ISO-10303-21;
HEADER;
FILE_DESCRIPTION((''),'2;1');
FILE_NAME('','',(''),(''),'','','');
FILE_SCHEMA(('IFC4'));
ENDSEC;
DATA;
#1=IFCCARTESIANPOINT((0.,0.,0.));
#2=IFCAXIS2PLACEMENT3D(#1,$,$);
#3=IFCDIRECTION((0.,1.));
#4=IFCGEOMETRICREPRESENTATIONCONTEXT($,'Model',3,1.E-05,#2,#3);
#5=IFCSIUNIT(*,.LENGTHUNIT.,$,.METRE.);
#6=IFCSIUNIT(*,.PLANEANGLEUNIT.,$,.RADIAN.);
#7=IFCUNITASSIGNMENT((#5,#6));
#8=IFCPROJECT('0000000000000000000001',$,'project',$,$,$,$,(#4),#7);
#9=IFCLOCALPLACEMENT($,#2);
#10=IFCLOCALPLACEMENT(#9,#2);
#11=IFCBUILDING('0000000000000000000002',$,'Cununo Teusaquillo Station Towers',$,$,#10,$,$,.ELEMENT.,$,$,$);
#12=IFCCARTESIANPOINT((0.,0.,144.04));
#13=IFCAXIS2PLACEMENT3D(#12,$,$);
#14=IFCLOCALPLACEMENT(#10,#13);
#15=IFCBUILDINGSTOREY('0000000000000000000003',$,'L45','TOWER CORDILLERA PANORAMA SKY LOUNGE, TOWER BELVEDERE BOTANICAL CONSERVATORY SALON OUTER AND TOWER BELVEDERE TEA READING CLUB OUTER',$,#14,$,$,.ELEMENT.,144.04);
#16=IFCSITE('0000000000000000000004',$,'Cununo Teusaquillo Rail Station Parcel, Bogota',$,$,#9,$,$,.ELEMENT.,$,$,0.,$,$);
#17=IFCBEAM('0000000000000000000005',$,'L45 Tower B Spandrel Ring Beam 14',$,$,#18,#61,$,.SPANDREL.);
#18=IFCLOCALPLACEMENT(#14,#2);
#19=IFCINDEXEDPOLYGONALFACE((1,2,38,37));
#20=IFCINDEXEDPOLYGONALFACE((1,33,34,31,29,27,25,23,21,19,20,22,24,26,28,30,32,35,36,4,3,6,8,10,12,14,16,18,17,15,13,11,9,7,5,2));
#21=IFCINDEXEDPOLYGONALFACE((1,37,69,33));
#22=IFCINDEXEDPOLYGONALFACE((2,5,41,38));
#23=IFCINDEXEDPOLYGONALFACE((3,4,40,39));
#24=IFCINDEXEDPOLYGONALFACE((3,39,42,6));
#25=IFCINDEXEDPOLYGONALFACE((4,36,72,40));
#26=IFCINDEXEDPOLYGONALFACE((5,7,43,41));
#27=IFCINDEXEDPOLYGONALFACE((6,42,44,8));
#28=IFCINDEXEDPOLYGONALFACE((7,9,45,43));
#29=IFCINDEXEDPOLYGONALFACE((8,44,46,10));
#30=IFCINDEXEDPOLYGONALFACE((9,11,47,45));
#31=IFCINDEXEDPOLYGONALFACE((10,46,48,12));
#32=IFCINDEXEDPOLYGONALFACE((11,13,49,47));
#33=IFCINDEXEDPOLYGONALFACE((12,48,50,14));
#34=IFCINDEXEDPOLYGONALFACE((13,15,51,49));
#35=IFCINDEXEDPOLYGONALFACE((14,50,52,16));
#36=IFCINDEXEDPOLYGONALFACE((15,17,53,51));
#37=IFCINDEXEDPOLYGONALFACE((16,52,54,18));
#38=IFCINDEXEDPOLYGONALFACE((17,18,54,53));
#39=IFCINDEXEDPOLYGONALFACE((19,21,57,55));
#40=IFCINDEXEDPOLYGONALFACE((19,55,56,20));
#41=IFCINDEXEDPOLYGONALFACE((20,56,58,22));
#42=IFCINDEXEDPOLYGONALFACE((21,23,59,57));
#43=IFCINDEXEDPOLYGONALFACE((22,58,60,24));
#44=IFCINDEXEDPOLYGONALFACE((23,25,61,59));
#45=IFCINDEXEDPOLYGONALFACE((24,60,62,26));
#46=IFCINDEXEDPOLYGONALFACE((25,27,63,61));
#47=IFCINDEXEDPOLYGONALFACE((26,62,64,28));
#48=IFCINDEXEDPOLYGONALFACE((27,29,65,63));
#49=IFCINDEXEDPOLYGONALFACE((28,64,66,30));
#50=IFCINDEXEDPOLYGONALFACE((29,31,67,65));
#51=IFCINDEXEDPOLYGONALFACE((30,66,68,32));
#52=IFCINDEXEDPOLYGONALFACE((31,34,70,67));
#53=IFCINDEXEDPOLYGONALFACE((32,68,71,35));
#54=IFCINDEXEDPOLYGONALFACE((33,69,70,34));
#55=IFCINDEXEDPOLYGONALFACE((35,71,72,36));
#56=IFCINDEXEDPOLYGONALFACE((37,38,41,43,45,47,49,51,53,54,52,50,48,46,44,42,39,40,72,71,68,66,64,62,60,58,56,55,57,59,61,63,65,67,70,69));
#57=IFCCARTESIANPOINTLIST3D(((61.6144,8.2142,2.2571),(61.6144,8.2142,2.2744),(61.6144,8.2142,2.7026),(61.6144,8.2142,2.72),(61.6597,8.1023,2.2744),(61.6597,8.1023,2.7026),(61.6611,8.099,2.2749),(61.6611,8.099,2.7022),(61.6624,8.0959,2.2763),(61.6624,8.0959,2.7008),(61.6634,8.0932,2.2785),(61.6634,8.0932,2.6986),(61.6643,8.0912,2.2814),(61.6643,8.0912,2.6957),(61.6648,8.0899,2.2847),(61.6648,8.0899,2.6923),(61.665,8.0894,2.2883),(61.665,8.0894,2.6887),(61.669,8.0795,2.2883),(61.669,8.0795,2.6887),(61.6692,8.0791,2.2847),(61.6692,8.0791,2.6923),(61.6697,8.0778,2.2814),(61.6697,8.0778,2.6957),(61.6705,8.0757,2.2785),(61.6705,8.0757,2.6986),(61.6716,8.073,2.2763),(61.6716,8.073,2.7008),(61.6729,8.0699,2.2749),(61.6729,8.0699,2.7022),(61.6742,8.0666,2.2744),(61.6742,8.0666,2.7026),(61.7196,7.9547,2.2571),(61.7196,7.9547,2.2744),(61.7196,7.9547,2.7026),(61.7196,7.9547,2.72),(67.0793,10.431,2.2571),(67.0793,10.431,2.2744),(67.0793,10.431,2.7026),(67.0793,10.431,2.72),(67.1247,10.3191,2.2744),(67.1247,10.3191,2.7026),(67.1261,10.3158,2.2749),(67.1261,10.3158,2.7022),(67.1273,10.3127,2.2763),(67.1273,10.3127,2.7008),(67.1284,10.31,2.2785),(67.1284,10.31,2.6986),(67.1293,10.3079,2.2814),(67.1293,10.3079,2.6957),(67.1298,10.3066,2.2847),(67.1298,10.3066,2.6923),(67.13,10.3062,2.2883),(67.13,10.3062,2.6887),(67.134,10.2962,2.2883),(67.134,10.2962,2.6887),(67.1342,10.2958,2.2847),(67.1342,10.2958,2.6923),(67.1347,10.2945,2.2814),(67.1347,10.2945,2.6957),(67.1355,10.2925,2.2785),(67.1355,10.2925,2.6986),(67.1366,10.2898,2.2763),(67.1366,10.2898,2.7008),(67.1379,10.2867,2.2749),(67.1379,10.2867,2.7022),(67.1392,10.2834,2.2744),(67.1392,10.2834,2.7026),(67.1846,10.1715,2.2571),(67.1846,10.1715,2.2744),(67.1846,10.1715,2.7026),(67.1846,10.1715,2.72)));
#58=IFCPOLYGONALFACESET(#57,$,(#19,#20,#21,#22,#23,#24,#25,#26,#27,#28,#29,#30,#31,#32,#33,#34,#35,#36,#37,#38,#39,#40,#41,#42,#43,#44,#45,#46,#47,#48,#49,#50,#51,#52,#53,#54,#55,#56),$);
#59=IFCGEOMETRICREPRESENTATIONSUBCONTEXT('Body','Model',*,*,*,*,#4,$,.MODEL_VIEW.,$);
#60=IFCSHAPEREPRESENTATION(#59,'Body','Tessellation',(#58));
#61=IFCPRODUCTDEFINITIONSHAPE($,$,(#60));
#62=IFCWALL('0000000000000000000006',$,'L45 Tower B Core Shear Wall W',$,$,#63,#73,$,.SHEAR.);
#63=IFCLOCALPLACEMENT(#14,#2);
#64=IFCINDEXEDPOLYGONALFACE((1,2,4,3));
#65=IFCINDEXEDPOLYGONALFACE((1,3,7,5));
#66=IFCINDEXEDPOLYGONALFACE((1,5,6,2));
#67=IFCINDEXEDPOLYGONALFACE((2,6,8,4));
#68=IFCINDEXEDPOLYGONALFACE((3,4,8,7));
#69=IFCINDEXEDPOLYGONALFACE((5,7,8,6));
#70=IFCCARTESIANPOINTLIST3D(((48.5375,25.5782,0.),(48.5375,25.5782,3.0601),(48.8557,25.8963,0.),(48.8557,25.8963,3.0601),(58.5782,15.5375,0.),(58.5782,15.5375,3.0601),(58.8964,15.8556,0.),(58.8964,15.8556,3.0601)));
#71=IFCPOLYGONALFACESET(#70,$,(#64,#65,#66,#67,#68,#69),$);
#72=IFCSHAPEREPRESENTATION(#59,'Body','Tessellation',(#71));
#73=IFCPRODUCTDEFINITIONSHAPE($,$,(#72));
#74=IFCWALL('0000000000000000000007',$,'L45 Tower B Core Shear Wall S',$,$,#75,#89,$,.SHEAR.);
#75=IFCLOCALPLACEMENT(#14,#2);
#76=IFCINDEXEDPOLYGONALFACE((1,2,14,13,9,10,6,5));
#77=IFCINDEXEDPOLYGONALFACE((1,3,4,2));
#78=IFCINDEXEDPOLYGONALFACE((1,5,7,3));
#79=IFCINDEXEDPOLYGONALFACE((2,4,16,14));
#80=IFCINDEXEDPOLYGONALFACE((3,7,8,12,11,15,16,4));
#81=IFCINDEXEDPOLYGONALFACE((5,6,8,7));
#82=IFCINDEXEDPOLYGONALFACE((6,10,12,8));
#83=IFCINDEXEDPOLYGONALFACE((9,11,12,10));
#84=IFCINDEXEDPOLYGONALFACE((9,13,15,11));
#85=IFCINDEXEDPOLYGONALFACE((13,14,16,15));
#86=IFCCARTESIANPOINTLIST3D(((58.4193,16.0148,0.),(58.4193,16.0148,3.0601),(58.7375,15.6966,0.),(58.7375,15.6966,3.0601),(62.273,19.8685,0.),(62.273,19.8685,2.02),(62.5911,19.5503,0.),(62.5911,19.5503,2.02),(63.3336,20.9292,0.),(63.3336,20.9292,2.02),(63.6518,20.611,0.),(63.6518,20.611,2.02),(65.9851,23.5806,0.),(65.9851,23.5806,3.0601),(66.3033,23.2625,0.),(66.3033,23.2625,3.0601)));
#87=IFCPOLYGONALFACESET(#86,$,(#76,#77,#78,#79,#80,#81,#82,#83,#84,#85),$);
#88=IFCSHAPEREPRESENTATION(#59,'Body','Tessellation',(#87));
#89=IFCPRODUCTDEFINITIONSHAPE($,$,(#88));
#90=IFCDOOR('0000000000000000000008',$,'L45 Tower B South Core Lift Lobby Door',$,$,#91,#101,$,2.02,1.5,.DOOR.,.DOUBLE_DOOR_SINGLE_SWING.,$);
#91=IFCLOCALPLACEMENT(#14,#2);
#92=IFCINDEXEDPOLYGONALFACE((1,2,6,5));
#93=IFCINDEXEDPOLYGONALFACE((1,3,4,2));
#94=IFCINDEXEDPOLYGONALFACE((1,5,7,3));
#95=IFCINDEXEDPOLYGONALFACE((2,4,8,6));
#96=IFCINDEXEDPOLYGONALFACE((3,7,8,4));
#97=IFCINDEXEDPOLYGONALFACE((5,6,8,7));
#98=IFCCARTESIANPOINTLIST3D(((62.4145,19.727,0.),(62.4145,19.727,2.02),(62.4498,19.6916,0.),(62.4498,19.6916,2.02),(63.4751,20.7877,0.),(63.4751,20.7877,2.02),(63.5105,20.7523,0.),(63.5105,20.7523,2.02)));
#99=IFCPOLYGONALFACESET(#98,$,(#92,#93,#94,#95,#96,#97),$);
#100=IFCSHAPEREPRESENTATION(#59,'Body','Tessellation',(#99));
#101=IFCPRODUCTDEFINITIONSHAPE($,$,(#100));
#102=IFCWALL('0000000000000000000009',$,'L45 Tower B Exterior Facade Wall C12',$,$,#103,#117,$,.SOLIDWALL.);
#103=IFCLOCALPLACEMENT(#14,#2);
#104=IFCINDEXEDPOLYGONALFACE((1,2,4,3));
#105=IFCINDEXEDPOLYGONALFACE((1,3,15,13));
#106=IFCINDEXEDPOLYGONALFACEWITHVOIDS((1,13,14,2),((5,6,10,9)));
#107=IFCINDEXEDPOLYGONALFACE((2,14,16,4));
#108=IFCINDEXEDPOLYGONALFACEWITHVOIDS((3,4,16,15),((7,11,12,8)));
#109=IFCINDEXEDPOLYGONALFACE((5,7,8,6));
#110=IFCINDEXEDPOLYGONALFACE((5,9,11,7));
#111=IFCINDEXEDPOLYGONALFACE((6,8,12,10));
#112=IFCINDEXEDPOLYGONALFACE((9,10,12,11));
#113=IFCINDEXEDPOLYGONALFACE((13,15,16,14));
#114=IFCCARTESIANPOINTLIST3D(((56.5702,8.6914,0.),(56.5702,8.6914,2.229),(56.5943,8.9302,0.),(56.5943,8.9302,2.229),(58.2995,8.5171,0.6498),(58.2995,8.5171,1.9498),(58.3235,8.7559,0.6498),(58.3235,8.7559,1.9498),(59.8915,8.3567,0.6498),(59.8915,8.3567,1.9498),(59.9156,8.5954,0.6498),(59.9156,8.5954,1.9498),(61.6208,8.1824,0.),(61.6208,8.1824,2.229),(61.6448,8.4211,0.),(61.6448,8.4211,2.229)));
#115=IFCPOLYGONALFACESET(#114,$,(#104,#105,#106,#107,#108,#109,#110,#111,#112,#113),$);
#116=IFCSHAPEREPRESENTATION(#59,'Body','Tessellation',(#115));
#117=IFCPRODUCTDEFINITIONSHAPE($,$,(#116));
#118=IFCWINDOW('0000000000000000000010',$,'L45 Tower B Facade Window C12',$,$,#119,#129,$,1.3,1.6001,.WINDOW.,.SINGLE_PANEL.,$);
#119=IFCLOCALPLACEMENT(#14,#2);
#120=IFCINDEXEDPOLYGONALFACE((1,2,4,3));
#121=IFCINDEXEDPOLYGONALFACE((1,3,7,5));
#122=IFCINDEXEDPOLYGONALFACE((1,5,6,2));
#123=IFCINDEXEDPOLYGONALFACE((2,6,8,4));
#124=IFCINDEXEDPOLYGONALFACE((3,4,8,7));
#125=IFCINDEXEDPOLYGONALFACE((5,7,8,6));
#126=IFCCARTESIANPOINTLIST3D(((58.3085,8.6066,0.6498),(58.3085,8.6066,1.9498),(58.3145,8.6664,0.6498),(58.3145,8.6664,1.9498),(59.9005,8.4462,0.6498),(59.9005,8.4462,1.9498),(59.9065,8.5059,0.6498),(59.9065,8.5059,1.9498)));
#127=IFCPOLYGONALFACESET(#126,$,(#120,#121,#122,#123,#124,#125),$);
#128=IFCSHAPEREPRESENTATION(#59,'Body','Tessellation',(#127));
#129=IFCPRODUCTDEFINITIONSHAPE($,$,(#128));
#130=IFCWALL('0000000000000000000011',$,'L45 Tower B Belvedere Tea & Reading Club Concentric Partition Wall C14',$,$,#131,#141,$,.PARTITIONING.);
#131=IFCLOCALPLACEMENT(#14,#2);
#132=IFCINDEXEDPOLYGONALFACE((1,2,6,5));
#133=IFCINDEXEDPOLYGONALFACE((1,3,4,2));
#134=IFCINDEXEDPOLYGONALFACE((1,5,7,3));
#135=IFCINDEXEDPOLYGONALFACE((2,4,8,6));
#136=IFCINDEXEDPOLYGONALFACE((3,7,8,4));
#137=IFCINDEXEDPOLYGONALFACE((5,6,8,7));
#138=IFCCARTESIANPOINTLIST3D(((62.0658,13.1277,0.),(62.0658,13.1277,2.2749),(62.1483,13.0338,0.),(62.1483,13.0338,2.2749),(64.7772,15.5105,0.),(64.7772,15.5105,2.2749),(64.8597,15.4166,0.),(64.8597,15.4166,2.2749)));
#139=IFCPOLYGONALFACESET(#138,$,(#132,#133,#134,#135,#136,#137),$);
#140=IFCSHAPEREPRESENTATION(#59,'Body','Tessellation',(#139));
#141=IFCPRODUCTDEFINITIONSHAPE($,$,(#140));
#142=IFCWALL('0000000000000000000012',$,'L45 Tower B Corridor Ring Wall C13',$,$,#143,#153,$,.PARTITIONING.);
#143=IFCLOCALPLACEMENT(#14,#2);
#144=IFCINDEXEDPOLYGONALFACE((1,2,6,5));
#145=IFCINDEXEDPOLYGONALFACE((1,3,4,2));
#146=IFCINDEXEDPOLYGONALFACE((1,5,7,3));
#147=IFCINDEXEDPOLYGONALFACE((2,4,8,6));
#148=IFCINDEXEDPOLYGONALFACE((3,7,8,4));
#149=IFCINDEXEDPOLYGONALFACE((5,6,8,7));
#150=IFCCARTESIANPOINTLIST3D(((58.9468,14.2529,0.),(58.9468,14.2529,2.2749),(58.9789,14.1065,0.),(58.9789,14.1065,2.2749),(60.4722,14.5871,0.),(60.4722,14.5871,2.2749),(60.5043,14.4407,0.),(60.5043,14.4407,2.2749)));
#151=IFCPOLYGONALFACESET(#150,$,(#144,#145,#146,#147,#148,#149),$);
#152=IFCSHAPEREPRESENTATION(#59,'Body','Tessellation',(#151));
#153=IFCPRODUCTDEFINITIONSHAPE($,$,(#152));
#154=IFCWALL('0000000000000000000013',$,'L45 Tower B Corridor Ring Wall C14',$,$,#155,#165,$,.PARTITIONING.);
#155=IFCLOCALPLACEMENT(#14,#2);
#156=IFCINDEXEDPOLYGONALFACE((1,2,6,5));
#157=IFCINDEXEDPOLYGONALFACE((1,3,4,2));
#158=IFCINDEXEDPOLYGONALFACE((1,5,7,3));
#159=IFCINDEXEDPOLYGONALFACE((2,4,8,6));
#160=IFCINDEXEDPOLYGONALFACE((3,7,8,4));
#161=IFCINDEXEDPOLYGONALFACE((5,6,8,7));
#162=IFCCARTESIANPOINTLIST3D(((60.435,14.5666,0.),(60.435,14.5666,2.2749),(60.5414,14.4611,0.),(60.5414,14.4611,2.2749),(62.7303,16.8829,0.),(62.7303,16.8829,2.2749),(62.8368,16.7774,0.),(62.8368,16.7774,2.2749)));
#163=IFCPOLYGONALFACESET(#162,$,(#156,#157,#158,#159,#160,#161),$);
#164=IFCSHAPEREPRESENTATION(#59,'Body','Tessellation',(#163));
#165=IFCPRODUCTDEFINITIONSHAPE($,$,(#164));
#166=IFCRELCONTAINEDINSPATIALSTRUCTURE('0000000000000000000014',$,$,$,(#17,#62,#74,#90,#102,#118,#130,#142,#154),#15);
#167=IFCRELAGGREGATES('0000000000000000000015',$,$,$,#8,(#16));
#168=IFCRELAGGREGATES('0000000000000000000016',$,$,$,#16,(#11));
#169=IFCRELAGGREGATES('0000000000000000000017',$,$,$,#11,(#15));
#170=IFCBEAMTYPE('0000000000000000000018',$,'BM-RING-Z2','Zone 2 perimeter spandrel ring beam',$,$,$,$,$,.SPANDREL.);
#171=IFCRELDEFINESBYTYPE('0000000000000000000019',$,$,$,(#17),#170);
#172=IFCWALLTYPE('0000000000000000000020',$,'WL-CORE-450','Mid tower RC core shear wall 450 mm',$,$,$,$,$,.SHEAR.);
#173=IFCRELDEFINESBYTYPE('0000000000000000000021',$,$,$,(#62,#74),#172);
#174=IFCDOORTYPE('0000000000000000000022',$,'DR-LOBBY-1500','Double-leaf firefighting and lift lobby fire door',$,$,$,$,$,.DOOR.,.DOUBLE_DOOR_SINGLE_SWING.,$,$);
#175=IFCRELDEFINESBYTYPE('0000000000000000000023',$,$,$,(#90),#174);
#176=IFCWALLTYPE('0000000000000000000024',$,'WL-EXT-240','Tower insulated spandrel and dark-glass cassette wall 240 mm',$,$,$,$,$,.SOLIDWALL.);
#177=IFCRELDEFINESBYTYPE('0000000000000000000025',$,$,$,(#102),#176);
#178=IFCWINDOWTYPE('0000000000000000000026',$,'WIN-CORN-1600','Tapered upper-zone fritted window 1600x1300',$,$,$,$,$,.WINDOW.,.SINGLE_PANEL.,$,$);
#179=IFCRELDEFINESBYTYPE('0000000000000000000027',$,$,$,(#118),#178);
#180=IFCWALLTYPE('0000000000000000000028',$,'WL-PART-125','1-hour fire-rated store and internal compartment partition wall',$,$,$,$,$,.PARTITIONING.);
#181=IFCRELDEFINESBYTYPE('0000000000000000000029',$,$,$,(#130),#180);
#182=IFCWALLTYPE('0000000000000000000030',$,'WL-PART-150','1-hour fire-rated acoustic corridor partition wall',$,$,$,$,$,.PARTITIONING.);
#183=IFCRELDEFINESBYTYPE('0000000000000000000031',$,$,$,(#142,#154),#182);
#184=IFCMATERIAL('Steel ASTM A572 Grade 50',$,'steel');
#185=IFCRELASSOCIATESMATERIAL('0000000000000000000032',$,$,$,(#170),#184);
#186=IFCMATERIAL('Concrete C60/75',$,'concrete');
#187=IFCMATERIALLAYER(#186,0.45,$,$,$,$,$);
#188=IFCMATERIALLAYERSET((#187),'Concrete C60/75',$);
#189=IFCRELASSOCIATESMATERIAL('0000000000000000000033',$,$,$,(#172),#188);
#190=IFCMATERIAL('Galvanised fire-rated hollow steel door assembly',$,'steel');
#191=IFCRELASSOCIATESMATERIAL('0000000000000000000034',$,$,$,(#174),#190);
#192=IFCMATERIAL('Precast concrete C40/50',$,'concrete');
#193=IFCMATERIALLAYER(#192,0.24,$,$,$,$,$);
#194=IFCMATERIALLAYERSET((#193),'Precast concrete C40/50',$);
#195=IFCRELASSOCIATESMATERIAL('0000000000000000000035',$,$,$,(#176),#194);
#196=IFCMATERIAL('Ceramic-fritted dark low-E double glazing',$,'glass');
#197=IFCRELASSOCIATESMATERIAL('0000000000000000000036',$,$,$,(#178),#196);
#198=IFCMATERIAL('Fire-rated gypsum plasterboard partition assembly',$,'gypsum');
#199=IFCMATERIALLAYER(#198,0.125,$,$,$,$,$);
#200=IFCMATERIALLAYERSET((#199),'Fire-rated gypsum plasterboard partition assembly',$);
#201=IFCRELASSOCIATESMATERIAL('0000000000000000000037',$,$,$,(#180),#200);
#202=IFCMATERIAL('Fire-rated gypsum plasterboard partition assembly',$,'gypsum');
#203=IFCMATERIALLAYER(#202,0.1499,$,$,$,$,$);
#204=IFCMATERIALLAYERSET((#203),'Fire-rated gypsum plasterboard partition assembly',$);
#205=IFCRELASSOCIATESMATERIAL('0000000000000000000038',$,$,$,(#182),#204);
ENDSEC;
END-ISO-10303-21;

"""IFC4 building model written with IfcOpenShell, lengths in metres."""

from ifc_helpers import new_model, si_unit, direction, frame, frame_2d, origin, origin_2d, place, context, subcontext, project, spatial, rectangle, i_section, extrude, source, transform, mapped, material, layer, layer_set, material_profile, profile_set, type_object, element, fill, save


model = new_model("IFC4")

# Units and contexts
model_context = context("Model", 3, precision=1e-05, world=origin(), true_north=direction((0.0, 1.0)))
body_context = subcontext(model_context, "Body", "Model", "MODEL_VIEW")
ifc_project = project(units=[si_unit("LENGTHUNIT", "METRE"), si_unit("PLANEANGLEUNIT", "RADIAN")], contexts=[model_context])

# Site, building, storey
site_placement = place(None, origin())
site = spatial("IfcSite", under=ifc_project, at=site_placement, Name="Cununo Teusaquillo Rail Station Parcel, Bogota", CompositionType="ELEMENT", RefElevation=0.0)
building_placement = place(site_placement, origin())
building = spatial("IfcBuilding", under=site, at=building_placement, Name="Cununo Teusaquillo Station Towers", CompositionType="ELEMENT")
storey_placement = place(building_placement, frame((0.0, 0.0, 144.04)))
storey = spatial("IfcBuildingStorey", under=building, at=storey_placement, Name="L45", Description="TOWER CORDILLERA PANORAMA SKY LOUNGE, TOWER BELVEDERE BOTANICAL CONSERVATORY SALON OUTER AND TOWER BELVEDERE TEA READING CLUB OUTER", CompositionType="ELEMENT", Elevation=144.04)

# Beam
ifc_material_1 = material(Name="Steel ASTM A572 Grade 50", Category="steel")
ifc_material_profile_1 = material_profile(ifc_material_1, i_section(OverallWidth=0.28, OverallDepth=0.4629, WebThickness=0.0107, FlangeThickness=0.0173, FilletRadius=0.0139, at=origin_2d()), Name="W18X76")
ifc_profile_set_1 = profile_set([ifc_material_profile_1], Name="Steel ASTM A572 Grade 50")
beam_type_1 = type_object("IfcBeamType", Name="BM-RING-Z2", Description="Zone 2 perimeter spandrel ring beam", PredefinedType="SPANDREL", material=ifc_profile_set_1)
beam_1_placement = place(storey_placement, frame((61.667, 8.0845, 2.4885), z_axis=(0.926667, 0.375883, 0.0), x_axis=(-0.375883, 0.926667, 0.0)))
element("IfcBeam", 1, at=beam_1_placement, inside=storey, type_object=beam_type_1, Name="L45 Tower B Spandrel Ring Beam 14", PredefinedType="SPANDREL", context=body_context, shape_type="SweptSolid", body=[
    extrude(i_section(OverallWidth=0.28, OverallDepth=0.4629, WebThickness=0.0107, FlangeThickness=0.0173, FilletRadius=0.0139, at=origin_2d()), origin(), (0.0, 0.0, 1.0), 5.8975),
])

# Wall
ifc_material_2 = material(Name="Concrete C60/75", Category="concrete")
ifc_layer_1 = layer(ifc_material_2, 0.45)
ifc_layer_set_1 = layer_set([ifc_layer_1], Name="Concrete C60/75")
wall_type_1 = type_object("IfcWallType", Name="WL-CORE-450", Description="Mid tower RC core shear wall 450 mm", PredefinedType="SHEAR", material=ifc_layer_set_1)
wall_1_placement = place(storey_placement, frame((58.7373, 15.6965, 0.0), z_axis=(0.0, 0.0, 1.0), x_axis=(-0.707107, 0.707107, 0.0)))
element("IfcWall", 2, at=wall_1_placement, inside=storey, type_object=wall_type_1, Name="L45 Tower B Core Shear Wall W", PredefinedType="SHEAR", context=body_context, shape_type="SweptSolid", body=[
    extrude(rectangle(XDim=14.1997, YDim=0.45, at=frame_2d((7.0999, 0.0))), origin(), (0.0, 0.0, 1.0), 3.0601),
])

# Wall, opening, door
wall_2_placement = place(storey_placement, frame((58.5784, 15.8557, 0.0), z_axis=(0.0, 0.0, 1.0), x_axis=(0.707107, 0.707107, 0.0)))
wall_2 = element("IfcWall", 3, at=wall_2_placement, inside=storey, type_object=wall_type_1, Name="L45 Tower B Core Shear Wall S", PredefinedType="SHEAR", context=body_context, shape_type="SweptSolid", body=[
    extrude(rectangle(XDim=10.6997, YDim=0.45, at=frame_2d((5.3499, 0.0))), origin(), (0.0, 0.0, 1.0), 3.0601),
])
shared_shape_1 = source(origin(), body_context, "Body", "SweptSolid", [
    extrude(rectangle(XDim=1.5, YDim=2.02, at=frame_2d((0.75, 1.01))), frame((0.0, 0.2349, 0.0), z_axis=(0.0, -1.0, 0.0), x_axis=(1.0, 0.0, 0.0)), (0.0, 0.0, 1.0), 0.47),
])
opening_1_placement = place(wall_2_placement, frame((5.45, 0.0, 0.0)))
opening_1 = element("IfcOpeningElement", 4, at=opening_1_placement, cuts=wall_2, PredefinedType="OPENING", context=body_context, shape_type="MappedRepresentation", body=[
    mapped(shared_shape_1, transform((0.0, 0.0, 0.0), x_axis=(1.0, 0.0, 0.0), y_axis=(0.0, 1.0, 0.0), z_axis=(0.0, 0.0, 1.0), scale=1.0)),
])
ifc_material_3 = material(Name="Galvanised fire-rated hollow steel door assembly", Category="steel")
door_type = type_object("IfcDoorType", Name="DR-LOBBY-1500", Description="Double-leaf firefighting and lift lobby fire door", OperationType="DOUBLE_DOOR_SINGLE_SWING", PredefinedType="DOOR", material=ifc_material_3)
shared_shape_2 = source(origin(), body_context, "Body", "SweptSolid", [
    extrude(rectangle(XDim=1.5, YDim=2.02, at=frame_2d((0.75, 1.01))), frame((0.0, 0.0249, 0.0), z_axis=(0.0, -1.0, 0.0), x_axis=(1.0, 0.0, 0.0)), (0.0, 0.0, 1.0), 0.05),
])
door_placement = place(opening_1_placement, origin())
door = element("IfcDoor", 5, at=door_placement, inside=storey, type_object=door_type, Name="L45 Tower B South Core Lift Lobby Door", OperationType="DOUBLE_DOOR_SINGLE_SWING", OverallHeight=2.02, OverallWidth=1.5, PredefinedType="DOOR", context=body_context, shape_type="MappedRepresentation", body=[
    mapped(shared_shape_2, transform((0.0, 0.0, 0.0), x_axis=(1.0, 0.0, 0.0), y_axis=(0.0, 1.0, 0.0), z_axis=(0.0, 0.0, 1.0), scale=1.0)),
])
fill(opening_1, door)

# Wall, opening, window
ifc_material_4 = material(Name="Precast concrete C40/50", Category="concrete")
ifc_layer_2 = layer(ifc_material_4, 0.24)
ifc_layer_set_2 = layer_set([ifc_layer_2], Name="Precast concrete C40/50")
wall_type_2 = type_object("IfcWallType", Name="WL-EXT-240", Description="Tower insulated spandrel and dark-glass cassette wall 240 mm", PredefinedType="SOLIDWALL", material=ifc_layer_set_2)
wall_3_placement = place(storey_placement, frame((61.6328, 8.3018, 0.0), z_axis=(0.0, 0.0, 1.0), x_axis=(-0.994959, 0.10028, 0.0)))
wall_3 = element("IfcWall", 6, at=wall_3_placement, inside=storey, type_object=wall_type_2, Name="L45 Tower B Exterior Facade Wall C12", PredefinedType="SOLIDWALL", context=body_context, shape_type="SweptSolid", body=[
    extrude(rectangle(XDim=5.0762, YDim=0.24, at=frame_2d((2.5381, 0.0))), origin(), (0.0, 0.0, 1.0), 2.229),
])
shared_shape_3 = source(origin(), body_context, "Body", "SweptSolid", [
    extrude(rectangle(XDim=1.6001, YDim=1.3, at=frame_2d((0.8, 0.6499))), frame((0.0, 0.1299, 0.0), z_axis=(0.0, -1.0, 0.0), x_axis=(1.0, 0.0, 0.0)), (0.0, 0.0, 1.0), 0.26),
])
opening_2_placement = place(wall_3_placement, frame((1.738, 0.0, 0.6499)))
opening_2 = element("IfcOpeningElement", 7, at=opening_2_placement, cuts=wall_3, PredefinedType="OPENING", context=body_context, shape_type="MappedRepresentation", body=[
    mapped(shared_shape_3, transform((0.0, 0.0, 0.0), x_axis=(1.0, 0.0, 0.0), y_axis=(0.0, 1.0, 0.0), z_axis=(0.0, 0.0, 1.0), scale=1.0)),
])
ifc_material_5 = material(Name="Ceramic-fritted dark low-E double glazing", Category="glass")
window_type = type_object("IfcWindowType", Name="WIN-CORN-1600", Description="Tapered upper-zone fritted window 1600x1300", PartitioningType="SINGLE_PANEL", PredefinedType="WINDOW", material=ifc_material_5)
shared_shape_4 = source(origin(), body_context, "Body", "SweptSolid", [
    extrude(rectangle(XDim=1.6001, YDim=1.3, at=frame_2d((0.8, 0.6499))), frame((0.0, 0.03, 0.0), z_axis=(0.0, -1.0, 0.0), x_axis=(1.0, 0.0, 0.0)), (0.0, 0.0, 1.0), 0.0601),
])
window_placement = place(opening_2_placement, origin())
window = element("IfcWindow", 8, at=window_placement, inside=storey, type_object=window_type, Name="L45 Tower B Facade Window C12", OverallHeight=1.3, OverallWidth=1.6001, PartitioningType="SINGLE_PANEL", PredefinedType="WINDOW", context=body_context, shape_type="MappedRepresentation", body=[
    mapped(shared_shape_4, transform((0.0, 0.0, 0.0), x_axis=(1.0, 0.0, 0.0), y_axis=(0.0, 1.0, 0.0), z_axis=(0.0, 0.0, 1.0), scale=1.0)),
])
fill(opening_2, window)

# Walls
ifc_material_6 = material(Name="Fire-rated gypsum plasterboard partition assembly", Category="gypsum")
ifc_layer_3 = layer(ifc_material_6, 0.125)
ifc_layer_set_3 = layer_set([ifc_layer_3], Name="Fire-rated gypsum plasterboard partition assembly")
wall_type_3 = type_object("IfcWallType", Name="WL-PART-125", Description="1-hour fire-rated store and internal compartment partition wall", PredefinedType="PARTITIONING", material=ifc_layer_set_3)
wall_4_placement = place(storey_placement, frame((62.1072, 13.0808, 0.0), z_axis=(0.0, 0.0, 1.0), x_axis=(0.751159, 0.660122, 0.0)))
element("IfcWall", 9, at=wall_4_placement, inside=storey, type_object=wall_type_3, Name="L45 Tower B Belvedere Tea & Reading Club Concentric Partition Wall C14", PredefinedType="PARTITIONING", context=body_context, shape_type="SweptSolid", body=[
    extrude(rectangle(XDim=3.6096, YDim=0.125, at=frame_2d((1.8047, 0.0))), origin(), (0.0, 0.0, 1.0), 2.2749),
])
ifc_material_7 = material(Name="Fire-rated gypsum plasterboard partition assembly", Category="gypsum")
ifc_layer_4 = layer(ifc_material_7, 0.1499)
ifc_layer_set_4 = layer_set([ifc_layer_4], Name="Fire-rated gypsum plasterboard partition assembly")
wall_type_4 = type_object("IfcWallType", Name="WL-PART-150", Description="1-hour fire-rated acoustic corridor partition wall", PredefinedType="PARTITIONING", material=ifc_layer_set_4)
wall_5_placement = place(storey_placement, frame((58.9629, 14.1797, 0.0), z_axis=(0.0, 0.0, 1.0), x_axis=(0.976827, 0.214033, 0.0)))
element("IfcWall", 10, at=wall_5_placement, inside=storey, type_object=wall_type_4, Name="L45 Tower B Corridor Ring Wall C13", PredefinedType="PARTITIONING", context=body_context, shape_type="SweptSolid", body=[
    extrude(rectangle(XDim=1.5615, YDim=0.1499, at=frame_2d((0.7808, 0.0))), origin(), (0.0, 0.0, 1.0), 2.2749),
])
wall_6_placement = place(storey_placement, frame((60.4883, 14.5139, 0.0), z_axis=(0.0, 0.0, 1.0), x_axis=(0.70388, 0.710319, 0.0)))
element("IfcWall", 11, at=wall_6_placement, inside=storey, type_object=wall_type_4, Name="L45 Tower B Corridor Ring Wall C14", PredefinedType="PARTITIONING", context=body_context, shape_type="SweptSolid", body=[
    extrude(rectangle(XDim=3.261, YDim=0.1499, at=frame_2d((1.6304, 0.0))), origin(), (0.0, 0.0, 1.0), 2.2749),
])

save(model, "model.ifc")
